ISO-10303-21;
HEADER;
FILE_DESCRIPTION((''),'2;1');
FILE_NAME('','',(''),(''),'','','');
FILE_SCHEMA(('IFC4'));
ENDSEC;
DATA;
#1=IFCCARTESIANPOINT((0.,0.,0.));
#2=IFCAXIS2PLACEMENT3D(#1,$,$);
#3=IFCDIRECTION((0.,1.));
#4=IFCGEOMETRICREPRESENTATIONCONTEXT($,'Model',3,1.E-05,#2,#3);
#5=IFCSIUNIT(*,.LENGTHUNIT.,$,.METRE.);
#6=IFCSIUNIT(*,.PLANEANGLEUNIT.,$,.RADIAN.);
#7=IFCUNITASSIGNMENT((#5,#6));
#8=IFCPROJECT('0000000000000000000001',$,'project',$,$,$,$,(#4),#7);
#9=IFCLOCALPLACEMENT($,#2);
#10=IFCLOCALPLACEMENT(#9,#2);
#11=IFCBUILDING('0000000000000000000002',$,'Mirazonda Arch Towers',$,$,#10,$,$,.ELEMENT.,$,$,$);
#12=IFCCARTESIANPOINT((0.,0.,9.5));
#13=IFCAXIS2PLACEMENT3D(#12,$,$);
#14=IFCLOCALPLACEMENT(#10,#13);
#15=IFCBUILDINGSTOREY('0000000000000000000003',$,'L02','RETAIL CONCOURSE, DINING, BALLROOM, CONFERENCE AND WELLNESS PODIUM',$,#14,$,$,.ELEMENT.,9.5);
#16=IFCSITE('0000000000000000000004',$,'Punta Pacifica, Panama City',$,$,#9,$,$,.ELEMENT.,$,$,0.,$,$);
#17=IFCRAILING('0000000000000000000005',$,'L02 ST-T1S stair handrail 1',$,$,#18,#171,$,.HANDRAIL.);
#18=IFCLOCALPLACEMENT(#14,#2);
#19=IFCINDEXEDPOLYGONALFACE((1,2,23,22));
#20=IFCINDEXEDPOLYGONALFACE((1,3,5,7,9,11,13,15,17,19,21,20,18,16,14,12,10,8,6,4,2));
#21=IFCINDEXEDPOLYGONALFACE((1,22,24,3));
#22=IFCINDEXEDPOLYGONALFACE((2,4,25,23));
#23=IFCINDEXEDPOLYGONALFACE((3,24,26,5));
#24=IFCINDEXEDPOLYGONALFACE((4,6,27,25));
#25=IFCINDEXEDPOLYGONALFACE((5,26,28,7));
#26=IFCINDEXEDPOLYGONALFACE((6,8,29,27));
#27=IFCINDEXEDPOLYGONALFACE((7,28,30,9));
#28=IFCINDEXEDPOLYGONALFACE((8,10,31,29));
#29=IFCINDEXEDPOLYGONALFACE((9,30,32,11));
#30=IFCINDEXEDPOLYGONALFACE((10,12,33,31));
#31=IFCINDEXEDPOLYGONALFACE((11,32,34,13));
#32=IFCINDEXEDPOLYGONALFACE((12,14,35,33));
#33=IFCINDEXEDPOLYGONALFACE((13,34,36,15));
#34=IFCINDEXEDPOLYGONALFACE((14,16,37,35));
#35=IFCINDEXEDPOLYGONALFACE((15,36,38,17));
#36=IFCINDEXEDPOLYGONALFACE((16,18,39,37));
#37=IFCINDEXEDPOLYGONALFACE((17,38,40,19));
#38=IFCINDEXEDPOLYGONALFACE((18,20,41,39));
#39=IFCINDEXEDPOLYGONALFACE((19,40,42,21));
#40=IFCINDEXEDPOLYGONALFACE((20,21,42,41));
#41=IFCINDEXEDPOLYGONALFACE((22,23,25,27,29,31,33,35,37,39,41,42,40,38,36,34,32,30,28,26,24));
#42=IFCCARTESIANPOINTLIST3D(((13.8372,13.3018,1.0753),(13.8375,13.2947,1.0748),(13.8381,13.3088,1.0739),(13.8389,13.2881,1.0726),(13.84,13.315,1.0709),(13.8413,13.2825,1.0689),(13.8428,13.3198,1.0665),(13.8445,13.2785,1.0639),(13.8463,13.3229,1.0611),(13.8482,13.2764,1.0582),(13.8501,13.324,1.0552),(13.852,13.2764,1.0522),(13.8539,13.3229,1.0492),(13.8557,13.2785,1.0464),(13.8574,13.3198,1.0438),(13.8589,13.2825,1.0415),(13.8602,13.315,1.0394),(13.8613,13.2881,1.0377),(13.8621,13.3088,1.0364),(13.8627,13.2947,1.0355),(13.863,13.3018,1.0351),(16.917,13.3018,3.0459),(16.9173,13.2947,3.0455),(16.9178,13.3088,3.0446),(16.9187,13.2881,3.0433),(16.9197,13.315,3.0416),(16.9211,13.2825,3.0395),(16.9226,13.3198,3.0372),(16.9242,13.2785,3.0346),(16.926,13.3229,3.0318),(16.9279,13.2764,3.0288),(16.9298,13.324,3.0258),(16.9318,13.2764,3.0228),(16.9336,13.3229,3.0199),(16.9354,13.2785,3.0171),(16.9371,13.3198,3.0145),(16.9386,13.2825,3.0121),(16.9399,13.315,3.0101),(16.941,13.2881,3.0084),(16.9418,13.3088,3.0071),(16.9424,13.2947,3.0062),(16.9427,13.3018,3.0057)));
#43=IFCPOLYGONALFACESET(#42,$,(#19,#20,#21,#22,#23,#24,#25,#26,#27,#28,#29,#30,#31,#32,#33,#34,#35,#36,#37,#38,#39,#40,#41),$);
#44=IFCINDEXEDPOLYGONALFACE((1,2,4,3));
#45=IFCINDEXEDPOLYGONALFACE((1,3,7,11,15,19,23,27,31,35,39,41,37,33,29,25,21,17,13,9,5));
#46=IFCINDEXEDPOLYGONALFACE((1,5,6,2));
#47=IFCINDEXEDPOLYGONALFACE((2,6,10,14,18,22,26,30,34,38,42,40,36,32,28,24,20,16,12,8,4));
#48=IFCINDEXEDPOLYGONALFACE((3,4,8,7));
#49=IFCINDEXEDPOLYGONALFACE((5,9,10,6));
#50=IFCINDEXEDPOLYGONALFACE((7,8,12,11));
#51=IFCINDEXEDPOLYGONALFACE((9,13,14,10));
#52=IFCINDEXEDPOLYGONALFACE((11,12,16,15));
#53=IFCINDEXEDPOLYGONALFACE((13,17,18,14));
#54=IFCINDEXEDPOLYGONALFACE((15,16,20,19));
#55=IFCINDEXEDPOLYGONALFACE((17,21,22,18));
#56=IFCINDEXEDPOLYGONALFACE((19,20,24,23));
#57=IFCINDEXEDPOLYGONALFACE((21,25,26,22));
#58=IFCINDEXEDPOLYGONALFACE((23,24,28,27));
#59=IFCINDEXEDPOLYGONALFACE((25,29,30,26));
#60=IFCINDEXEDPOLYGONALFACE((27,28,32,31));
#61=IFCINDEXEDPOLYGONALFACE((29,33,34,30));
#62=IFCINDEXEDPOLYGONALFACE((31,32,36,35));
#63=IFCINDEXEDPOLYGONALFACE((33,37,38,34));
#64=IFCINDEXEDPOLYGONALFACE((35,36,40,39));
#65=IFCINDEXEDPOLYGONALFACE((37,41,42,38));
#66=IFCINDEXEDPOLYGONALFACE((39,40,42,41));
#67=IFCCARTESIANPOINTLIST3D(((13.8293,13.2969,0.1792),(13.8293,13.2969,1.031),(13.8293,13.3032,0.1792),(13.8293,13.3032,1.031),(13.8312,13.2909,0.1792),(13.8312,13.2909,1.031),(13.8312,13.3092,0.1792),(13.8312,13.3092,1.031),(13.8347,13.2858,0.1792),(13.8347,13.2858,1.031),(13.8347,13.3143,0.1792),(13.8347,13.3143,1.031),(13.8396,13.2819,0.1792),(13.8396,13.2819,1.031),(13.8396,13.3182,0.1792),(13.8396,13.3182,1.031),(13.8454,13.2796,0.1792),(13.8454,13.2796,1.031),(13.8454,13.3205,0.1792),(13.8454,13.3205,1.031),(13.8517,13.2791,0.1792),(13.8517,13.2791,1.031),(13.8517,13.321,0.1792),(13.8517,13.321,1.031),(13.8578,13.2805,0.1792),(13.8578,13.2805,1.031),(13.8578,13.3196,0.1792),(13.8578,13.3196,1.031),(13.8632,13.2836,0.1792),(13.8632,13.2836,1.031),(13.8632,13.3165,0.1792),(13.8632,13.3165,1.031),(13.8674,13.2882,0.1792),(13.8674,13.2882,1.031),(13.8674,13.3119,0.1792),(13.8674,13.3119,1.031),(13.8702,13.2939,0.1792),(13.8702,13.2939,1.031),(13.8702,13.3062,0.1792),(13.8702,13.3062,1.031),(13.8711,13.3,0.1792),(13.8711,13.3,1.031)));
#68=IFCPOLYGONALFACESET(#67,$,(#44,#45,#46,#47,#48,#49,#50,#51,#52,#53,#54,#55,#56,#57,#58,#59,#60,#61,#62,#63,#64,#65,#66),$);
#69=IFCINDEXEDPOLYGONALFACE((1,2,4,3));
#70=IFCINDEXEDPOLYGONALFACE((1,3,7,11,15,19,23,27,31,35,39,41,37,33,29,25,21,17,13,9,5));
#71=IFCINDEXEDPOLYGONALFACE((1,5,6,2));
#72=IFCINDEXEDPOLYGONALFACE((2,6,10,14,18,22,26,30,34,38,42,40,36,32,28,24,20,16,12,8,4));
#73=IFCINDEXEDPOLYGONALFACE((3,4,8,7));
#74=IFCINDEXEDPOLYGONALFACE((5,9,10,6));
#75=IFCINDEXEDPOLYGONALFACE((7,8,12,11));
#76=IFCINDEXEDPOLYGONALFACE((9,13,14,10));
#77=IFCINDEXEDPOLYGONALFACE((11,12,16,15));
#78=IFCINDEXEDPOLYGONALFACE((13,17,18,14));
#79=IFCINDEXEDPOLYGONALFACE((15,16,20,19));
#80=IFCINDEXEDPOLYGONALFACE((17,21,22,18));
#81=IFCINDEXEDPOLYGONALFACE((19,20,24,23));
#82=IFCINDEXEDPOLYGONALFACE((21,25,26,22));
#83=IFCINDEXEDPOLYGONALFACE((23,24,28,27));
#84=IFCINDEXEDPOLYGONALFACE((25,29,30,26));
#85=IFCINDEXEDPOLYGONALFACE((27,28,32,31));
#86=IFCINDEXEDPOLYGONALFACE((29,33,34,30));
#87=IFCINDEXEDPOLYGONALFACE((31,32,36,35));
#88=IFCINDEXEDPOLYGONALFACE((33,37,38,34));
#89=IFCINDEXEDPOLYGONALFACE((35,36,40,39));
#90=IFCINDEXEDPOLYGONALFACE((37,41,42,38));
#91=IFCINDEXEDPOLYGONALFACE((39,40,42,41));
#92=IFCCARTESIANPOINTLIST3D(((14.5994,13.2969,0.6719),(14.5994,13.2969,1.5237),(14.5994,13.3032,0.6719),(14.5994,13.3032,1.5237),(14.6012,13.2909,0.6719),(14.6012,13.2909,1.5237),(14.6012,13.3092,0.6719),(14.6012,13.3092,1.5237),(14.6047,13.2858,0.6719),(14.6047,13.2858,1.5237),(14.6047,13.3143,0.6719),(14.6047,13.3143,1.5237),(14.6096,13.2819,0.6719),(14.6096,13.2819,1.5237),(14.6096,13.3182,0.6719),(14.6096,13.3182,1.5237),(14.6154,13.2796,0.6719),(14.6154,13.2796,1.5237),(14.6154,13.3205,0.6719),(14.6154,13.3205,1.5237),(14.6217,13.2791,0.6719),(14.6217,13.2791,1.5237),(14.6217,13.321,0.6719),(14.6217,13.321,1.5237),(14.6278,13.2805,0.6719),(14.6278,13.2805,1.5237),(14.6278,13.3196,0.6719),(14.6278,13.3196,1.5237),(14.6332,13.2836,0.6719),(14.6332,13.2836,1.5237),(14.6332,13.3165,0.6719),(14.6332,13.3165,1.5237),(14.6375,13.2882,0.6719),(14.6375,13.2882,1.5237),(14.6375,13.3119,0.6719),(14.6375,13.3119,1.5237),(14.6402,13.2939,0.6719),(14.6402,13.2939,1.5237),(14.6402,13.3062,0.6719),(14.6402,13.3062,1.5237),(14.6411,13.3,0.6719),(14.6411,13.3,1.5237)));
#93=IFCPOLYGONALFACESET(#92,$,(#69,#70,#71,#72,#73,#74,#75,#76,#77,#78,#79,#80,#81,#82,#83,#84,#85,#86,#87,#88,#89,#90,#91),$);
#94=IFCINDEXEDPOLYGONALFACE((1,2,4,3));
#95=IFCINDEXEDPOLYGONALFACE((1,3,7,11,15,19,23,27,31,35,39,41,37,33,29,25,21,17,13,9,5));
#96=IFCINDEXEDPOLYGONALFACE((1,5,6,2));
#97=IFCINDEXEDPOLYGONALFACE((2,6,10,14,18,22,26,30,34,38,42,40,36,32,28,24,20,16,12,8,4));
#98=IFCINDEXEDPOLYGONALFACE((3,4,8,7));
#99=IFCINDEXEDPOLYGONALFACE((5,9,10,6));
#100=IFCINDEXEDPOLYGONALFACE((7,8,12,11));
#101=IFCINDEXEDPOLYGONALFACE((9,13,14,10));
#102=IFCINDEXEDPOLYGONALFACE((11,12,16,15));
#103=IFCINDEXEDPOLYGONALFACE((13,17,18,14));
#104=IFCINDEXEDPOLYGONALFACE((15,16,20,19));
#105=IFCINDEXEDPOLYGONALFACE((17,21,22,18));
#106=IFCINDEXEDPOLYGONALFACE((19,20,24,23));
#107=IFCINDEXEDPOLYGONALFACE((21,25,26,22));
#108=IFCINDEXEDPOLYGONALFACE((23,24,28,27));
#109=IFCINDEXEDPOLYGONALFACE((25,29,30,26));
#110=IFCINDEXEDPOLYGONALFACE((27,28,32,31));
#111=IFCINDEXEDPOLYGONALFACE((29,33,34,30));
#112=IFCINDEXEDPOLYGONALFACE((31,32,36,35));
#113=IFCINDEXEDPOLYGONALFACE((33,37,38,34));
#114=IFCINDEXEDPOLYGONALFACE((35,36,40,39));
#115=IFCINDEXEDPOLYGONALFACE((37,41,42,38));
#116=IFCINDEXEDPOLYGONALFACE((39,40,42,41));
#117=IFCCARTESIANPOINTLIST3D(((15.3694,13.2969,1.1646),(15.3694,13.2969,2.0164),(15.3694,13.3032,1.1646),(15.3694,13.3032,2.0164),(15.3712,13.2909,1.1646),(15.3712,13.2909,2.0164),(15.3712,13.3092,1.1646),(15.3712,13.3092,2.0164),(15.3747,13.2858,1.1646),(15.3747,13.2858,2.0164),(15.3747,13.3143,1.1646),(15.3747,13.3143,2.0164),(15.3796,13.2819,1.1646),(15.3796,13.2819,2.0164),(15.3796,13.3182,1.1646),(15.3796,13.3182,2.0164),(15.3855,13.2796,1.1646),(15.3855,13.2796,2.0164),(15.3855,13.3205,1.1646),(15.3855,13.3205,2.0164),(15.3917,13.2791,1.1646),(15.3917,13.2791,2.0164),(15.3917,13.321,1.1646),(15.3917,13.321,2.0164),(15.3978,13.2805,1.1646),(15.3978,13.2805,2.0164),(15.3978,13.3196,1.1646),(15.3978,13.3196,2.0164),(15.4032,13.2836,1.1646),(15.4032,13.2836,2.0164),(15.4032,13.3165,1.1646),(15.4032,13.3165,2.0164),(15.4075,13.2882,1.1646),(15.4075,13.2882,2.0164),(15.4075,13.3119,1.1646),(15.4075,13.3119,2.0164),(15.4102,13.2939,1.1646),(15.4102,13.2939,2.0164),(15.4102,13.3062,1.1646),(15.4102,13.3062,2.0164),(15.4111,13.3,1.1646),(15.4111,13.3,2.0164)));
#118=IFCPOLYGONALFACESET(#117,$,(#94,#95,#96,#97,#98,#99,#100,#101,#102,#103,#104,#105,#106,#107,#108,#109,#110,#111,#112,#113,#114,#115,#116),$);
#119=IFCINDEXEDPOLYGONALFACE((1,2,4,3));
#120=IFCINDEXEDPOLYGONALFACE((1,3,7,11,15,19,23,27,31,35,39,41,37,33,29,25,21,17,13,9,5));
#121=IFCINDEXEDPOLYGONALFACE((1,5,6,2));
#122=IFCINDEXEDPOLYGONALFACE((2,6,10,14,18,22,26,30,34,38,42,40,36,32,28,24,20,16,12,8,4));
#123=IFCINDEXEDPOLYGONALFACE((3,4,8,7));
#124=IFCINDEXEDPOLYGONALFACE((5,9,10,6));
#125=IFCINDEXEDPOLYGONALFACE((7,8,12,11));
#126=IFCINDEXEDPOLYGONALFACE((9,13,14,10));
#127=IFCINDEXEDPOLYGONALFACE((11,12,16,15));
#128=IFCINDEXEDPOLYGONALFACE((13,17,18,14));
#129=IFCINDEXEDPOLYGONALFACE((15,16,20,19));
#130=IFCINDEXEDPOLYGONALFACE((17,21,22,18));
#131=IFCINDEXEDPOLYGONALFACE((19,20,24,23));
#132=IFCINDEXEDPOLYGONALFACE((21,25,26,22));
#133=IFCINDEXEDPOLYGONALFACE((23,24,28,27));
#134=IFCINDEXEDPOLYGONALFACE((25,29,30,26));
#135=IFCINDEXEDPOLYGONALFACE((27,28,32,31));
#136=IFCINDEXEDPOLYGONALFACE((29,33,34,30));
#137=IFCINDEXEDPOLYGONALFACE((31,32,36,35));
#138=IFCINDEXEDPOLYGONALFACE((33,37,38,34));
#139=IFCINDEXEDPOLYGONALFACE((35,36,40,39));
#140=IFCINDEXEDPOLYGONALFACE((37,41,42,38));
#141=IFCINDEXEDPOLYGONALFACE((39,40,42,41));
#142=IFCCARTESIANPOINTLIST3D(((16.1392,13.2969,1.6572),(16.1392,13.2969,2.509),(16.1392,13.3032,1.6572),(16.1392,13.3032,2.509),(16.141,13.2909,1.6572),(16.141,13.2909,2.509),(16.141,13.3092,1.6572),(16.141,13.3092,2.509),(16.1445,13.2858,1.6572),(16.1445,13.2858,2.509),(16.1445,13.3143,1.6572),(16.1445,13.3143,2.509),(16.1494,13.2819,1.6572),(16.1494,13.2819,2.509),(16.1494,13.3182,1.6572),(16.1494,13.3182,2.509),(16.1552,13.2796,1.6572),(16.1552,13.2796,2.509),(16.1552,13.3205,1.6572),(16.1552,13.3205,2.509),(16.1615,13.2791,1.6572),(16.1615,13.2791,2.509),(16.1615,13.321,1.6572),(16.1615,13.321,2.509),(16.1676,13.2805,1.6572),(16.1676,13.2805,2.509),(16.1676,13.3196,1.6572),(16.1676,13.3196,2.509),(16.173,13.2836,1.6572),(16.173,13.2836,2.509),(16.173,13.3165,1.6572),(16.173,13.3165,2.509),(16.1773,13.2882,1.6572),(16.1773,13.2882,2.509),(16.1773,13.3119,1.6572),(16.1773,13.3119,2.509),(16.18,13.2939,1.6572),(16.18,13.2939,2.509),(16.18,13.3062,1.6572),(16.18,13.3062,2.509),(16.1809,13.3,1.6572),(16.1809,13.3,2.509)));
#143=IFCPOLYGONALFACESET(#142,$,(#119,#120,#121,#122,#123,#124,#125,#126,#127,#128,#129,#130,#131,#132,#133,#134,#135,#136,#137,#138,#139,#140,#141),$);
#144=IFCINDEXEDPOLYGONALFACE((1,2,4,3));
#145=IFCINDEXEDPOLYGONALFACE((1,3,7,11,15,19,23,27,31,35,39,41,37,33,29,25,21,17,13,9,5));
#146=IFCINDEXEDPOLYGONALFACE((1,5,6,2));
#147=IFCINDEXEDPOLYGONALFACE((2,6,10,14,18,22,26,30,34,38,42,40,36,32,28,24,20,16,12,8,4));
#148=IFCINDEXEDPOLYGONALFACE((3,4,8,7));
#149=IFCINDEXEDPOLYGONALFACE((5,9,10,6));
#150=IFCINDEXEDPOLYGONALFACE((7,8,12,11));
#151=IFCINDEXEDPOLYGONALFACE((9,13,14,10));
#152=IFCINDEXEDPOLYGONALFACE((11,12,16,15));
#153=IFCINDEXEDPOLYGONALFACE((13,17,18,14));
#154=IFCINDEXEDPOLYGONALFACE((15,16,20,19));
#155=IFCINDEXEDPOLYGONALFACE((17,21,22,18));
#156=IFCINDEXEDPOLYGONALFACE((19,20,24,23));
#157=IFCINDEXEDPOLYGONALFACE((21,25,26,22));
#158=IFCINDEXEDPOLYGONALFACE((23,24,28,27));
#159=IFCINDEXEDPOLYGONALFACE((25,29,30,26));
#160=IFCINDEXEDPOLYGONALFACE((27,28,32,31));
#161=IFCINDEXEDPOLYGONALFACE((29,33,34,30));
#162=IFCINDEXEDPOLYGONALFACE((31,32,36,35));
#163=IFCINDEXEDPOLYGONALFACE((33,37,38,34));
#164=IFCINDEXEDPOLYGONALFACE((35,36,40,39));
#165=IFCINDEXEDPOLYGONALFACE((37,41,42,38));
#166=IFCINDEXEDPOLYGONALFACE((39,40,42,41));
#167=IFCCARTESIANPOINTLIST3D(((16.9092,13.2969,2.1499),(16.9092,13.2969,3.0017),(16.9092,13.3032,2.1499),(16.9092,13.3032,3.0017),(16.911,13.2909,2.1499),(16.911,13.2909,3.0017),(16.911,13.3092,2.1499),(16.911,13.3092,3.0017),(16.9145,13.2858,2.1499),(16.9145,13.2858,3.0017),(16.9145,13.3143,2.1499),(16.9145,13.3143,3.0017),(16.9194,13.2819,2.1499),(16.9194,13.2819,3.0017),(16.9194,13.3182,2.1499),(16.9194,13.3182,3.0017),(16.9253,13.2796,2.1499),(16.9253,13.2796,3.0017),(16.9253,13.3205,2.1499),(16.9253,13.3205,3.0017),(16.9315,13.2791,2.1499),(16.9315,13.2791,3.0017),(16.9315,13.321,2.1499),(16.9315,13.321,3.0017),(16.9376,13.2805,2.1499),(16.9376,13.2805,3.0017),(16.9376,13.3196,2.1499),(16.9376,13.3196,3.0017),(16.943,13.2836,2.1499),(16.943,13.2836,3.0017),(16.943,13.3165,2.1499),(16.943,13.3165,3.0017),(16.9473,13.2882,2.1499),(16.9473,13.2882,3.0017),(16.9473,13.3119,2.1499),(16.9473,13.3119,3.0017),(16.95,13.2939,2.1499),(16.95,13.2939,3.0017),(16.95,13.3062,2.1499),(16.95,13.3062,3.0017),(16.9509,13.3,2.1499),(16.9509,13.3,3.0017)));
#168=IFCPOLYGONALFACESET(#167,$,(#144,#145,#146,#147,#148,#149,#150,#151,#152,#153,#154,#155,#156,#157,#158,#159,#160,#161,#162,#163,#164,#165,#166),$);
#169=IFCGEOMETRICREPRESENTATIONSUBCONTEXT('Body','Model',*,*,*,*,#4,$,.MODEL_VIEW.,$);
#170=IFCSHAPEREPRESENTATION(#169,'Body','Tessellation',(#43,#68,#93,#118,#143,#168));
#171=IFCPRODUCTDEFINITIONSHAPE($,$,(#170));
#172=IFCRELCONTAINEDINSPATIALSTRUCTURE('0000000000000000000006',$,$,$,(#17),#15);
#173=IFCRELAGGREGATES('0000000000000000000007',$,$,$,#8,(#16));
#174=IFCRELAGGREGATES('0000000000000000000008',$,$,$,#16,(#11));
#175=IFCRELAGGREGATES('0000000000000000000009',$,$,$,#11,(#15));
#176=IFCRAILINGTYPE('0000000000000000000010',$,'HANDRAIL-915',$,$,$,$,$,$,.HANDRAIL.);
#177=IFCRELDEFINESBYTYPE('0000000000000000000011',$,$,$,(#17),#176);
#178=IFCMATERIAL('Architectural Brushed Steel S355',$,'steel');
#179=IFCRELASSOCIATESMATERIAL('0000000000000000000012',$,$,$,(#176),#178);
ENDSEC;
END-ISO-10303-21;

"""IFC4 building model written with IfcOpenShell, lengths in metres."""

from ifc_helpers import new_model, si_unit, direction, frame, origin, origin_2d, place, context, subcontext, project, spatial, circle, extrude, material, type_object, element, save


model = new_model("IFC4")

# Units and contexts
model_context = context("Model", 3, precision=1e-05, world=origin(), true_north=direction((0.0, 1.0)))
body_context = subcontext(model_context, "Body", "Model", "MODEL_VIEW")
ifc_project = project(units=[si_unit("LENGTHUNIT", "METRE"), si_unit("PLANEANGLEUNIT", "RADIAN")], contexts=[model_context])

# Site, building, storey
site_placement = place(None, origin())
site = spatial("IfcSite", under=ifc_project, at=site_placement, Name="Punta Pacifica, Panama City", CompositionType="ELEMENT", RefElevation=0.0)
building_placement = place(site_placement, origin())
building = spatial("IfcBuilding", under=site, at=building_placement, Name="Mirazonda Arch Towers", CompositionType="ELEMENT")
storey_placement = place(building_placement, frame((0.0, 0.0, 9.5)))
storey = spatial("IfcBuildingStorey", under=building, at=storey_placement, Name="L02", Description="RETAIL CONCOURSE, DINING, BALLROOM, CONFERENCE AND WELLNESS PODIUM", CompositionType="ELEMENT", Elevation=9.5)

# Shared definitions
ifc_material_1 = material(Name="Architectural Brushed Steel S355", Category="steel")

# Railing
railing_type_1 = type_object("IfcRailingType", Name="HANDRAIL-915", PredefinedType="HANDRAIL", material=ifc_material_1)
railing_1_placement = place(storey_placement, frame((13.8501, 13.3, 0.1792)))
element("IfcRailing", 1, at=railing_1_placement, inside=storey, type_object=railing_type_1, Name="L02 ST-T1S stair handrail 1", PredefinedType="HANDRAIL", context=body_context, shape_type="SweptSolid", body=[
    extrude(circle(Radius=0.0239, at=origin_2d()), frame((0.0, 0.0, 0.876), z_axis=(0.84232, 0.0, 0.538978), x_axis=(0.0, 1.0, 0.0)), (0.0, 0.0, 1.0), 3.6562),
    extrude(circle(Radius=0.021, at=origin_2d()), origin(), (0.0, 0.0, 1.0), 0.8518),
    extrude(circle(Radius=0.021, at=origin_2d()), frame((0.77, 0.0, 0.4927)), (0.0, 0.0, 1.0), 0.8518),
    extrude(circle(Radius=0.021, at=origin_2d()), frame((1.54, 0.0, 0.9854)), (0.0, 0.0, 1.0), 0.8518),
    extrude(circle(Radius=0.021, at=origin_2d()), frame((2.3098, 0.0, 1.478)), (0.0, 0.0, 1.0), 0.8518),
    extrude(circle(Radius=0.021, at=origin_2d()), frame((3.0798, 0.0, 1.9707)), (0.0, 0.0, 1.0), 0.8518),
])

save(model, "model.ifc")
